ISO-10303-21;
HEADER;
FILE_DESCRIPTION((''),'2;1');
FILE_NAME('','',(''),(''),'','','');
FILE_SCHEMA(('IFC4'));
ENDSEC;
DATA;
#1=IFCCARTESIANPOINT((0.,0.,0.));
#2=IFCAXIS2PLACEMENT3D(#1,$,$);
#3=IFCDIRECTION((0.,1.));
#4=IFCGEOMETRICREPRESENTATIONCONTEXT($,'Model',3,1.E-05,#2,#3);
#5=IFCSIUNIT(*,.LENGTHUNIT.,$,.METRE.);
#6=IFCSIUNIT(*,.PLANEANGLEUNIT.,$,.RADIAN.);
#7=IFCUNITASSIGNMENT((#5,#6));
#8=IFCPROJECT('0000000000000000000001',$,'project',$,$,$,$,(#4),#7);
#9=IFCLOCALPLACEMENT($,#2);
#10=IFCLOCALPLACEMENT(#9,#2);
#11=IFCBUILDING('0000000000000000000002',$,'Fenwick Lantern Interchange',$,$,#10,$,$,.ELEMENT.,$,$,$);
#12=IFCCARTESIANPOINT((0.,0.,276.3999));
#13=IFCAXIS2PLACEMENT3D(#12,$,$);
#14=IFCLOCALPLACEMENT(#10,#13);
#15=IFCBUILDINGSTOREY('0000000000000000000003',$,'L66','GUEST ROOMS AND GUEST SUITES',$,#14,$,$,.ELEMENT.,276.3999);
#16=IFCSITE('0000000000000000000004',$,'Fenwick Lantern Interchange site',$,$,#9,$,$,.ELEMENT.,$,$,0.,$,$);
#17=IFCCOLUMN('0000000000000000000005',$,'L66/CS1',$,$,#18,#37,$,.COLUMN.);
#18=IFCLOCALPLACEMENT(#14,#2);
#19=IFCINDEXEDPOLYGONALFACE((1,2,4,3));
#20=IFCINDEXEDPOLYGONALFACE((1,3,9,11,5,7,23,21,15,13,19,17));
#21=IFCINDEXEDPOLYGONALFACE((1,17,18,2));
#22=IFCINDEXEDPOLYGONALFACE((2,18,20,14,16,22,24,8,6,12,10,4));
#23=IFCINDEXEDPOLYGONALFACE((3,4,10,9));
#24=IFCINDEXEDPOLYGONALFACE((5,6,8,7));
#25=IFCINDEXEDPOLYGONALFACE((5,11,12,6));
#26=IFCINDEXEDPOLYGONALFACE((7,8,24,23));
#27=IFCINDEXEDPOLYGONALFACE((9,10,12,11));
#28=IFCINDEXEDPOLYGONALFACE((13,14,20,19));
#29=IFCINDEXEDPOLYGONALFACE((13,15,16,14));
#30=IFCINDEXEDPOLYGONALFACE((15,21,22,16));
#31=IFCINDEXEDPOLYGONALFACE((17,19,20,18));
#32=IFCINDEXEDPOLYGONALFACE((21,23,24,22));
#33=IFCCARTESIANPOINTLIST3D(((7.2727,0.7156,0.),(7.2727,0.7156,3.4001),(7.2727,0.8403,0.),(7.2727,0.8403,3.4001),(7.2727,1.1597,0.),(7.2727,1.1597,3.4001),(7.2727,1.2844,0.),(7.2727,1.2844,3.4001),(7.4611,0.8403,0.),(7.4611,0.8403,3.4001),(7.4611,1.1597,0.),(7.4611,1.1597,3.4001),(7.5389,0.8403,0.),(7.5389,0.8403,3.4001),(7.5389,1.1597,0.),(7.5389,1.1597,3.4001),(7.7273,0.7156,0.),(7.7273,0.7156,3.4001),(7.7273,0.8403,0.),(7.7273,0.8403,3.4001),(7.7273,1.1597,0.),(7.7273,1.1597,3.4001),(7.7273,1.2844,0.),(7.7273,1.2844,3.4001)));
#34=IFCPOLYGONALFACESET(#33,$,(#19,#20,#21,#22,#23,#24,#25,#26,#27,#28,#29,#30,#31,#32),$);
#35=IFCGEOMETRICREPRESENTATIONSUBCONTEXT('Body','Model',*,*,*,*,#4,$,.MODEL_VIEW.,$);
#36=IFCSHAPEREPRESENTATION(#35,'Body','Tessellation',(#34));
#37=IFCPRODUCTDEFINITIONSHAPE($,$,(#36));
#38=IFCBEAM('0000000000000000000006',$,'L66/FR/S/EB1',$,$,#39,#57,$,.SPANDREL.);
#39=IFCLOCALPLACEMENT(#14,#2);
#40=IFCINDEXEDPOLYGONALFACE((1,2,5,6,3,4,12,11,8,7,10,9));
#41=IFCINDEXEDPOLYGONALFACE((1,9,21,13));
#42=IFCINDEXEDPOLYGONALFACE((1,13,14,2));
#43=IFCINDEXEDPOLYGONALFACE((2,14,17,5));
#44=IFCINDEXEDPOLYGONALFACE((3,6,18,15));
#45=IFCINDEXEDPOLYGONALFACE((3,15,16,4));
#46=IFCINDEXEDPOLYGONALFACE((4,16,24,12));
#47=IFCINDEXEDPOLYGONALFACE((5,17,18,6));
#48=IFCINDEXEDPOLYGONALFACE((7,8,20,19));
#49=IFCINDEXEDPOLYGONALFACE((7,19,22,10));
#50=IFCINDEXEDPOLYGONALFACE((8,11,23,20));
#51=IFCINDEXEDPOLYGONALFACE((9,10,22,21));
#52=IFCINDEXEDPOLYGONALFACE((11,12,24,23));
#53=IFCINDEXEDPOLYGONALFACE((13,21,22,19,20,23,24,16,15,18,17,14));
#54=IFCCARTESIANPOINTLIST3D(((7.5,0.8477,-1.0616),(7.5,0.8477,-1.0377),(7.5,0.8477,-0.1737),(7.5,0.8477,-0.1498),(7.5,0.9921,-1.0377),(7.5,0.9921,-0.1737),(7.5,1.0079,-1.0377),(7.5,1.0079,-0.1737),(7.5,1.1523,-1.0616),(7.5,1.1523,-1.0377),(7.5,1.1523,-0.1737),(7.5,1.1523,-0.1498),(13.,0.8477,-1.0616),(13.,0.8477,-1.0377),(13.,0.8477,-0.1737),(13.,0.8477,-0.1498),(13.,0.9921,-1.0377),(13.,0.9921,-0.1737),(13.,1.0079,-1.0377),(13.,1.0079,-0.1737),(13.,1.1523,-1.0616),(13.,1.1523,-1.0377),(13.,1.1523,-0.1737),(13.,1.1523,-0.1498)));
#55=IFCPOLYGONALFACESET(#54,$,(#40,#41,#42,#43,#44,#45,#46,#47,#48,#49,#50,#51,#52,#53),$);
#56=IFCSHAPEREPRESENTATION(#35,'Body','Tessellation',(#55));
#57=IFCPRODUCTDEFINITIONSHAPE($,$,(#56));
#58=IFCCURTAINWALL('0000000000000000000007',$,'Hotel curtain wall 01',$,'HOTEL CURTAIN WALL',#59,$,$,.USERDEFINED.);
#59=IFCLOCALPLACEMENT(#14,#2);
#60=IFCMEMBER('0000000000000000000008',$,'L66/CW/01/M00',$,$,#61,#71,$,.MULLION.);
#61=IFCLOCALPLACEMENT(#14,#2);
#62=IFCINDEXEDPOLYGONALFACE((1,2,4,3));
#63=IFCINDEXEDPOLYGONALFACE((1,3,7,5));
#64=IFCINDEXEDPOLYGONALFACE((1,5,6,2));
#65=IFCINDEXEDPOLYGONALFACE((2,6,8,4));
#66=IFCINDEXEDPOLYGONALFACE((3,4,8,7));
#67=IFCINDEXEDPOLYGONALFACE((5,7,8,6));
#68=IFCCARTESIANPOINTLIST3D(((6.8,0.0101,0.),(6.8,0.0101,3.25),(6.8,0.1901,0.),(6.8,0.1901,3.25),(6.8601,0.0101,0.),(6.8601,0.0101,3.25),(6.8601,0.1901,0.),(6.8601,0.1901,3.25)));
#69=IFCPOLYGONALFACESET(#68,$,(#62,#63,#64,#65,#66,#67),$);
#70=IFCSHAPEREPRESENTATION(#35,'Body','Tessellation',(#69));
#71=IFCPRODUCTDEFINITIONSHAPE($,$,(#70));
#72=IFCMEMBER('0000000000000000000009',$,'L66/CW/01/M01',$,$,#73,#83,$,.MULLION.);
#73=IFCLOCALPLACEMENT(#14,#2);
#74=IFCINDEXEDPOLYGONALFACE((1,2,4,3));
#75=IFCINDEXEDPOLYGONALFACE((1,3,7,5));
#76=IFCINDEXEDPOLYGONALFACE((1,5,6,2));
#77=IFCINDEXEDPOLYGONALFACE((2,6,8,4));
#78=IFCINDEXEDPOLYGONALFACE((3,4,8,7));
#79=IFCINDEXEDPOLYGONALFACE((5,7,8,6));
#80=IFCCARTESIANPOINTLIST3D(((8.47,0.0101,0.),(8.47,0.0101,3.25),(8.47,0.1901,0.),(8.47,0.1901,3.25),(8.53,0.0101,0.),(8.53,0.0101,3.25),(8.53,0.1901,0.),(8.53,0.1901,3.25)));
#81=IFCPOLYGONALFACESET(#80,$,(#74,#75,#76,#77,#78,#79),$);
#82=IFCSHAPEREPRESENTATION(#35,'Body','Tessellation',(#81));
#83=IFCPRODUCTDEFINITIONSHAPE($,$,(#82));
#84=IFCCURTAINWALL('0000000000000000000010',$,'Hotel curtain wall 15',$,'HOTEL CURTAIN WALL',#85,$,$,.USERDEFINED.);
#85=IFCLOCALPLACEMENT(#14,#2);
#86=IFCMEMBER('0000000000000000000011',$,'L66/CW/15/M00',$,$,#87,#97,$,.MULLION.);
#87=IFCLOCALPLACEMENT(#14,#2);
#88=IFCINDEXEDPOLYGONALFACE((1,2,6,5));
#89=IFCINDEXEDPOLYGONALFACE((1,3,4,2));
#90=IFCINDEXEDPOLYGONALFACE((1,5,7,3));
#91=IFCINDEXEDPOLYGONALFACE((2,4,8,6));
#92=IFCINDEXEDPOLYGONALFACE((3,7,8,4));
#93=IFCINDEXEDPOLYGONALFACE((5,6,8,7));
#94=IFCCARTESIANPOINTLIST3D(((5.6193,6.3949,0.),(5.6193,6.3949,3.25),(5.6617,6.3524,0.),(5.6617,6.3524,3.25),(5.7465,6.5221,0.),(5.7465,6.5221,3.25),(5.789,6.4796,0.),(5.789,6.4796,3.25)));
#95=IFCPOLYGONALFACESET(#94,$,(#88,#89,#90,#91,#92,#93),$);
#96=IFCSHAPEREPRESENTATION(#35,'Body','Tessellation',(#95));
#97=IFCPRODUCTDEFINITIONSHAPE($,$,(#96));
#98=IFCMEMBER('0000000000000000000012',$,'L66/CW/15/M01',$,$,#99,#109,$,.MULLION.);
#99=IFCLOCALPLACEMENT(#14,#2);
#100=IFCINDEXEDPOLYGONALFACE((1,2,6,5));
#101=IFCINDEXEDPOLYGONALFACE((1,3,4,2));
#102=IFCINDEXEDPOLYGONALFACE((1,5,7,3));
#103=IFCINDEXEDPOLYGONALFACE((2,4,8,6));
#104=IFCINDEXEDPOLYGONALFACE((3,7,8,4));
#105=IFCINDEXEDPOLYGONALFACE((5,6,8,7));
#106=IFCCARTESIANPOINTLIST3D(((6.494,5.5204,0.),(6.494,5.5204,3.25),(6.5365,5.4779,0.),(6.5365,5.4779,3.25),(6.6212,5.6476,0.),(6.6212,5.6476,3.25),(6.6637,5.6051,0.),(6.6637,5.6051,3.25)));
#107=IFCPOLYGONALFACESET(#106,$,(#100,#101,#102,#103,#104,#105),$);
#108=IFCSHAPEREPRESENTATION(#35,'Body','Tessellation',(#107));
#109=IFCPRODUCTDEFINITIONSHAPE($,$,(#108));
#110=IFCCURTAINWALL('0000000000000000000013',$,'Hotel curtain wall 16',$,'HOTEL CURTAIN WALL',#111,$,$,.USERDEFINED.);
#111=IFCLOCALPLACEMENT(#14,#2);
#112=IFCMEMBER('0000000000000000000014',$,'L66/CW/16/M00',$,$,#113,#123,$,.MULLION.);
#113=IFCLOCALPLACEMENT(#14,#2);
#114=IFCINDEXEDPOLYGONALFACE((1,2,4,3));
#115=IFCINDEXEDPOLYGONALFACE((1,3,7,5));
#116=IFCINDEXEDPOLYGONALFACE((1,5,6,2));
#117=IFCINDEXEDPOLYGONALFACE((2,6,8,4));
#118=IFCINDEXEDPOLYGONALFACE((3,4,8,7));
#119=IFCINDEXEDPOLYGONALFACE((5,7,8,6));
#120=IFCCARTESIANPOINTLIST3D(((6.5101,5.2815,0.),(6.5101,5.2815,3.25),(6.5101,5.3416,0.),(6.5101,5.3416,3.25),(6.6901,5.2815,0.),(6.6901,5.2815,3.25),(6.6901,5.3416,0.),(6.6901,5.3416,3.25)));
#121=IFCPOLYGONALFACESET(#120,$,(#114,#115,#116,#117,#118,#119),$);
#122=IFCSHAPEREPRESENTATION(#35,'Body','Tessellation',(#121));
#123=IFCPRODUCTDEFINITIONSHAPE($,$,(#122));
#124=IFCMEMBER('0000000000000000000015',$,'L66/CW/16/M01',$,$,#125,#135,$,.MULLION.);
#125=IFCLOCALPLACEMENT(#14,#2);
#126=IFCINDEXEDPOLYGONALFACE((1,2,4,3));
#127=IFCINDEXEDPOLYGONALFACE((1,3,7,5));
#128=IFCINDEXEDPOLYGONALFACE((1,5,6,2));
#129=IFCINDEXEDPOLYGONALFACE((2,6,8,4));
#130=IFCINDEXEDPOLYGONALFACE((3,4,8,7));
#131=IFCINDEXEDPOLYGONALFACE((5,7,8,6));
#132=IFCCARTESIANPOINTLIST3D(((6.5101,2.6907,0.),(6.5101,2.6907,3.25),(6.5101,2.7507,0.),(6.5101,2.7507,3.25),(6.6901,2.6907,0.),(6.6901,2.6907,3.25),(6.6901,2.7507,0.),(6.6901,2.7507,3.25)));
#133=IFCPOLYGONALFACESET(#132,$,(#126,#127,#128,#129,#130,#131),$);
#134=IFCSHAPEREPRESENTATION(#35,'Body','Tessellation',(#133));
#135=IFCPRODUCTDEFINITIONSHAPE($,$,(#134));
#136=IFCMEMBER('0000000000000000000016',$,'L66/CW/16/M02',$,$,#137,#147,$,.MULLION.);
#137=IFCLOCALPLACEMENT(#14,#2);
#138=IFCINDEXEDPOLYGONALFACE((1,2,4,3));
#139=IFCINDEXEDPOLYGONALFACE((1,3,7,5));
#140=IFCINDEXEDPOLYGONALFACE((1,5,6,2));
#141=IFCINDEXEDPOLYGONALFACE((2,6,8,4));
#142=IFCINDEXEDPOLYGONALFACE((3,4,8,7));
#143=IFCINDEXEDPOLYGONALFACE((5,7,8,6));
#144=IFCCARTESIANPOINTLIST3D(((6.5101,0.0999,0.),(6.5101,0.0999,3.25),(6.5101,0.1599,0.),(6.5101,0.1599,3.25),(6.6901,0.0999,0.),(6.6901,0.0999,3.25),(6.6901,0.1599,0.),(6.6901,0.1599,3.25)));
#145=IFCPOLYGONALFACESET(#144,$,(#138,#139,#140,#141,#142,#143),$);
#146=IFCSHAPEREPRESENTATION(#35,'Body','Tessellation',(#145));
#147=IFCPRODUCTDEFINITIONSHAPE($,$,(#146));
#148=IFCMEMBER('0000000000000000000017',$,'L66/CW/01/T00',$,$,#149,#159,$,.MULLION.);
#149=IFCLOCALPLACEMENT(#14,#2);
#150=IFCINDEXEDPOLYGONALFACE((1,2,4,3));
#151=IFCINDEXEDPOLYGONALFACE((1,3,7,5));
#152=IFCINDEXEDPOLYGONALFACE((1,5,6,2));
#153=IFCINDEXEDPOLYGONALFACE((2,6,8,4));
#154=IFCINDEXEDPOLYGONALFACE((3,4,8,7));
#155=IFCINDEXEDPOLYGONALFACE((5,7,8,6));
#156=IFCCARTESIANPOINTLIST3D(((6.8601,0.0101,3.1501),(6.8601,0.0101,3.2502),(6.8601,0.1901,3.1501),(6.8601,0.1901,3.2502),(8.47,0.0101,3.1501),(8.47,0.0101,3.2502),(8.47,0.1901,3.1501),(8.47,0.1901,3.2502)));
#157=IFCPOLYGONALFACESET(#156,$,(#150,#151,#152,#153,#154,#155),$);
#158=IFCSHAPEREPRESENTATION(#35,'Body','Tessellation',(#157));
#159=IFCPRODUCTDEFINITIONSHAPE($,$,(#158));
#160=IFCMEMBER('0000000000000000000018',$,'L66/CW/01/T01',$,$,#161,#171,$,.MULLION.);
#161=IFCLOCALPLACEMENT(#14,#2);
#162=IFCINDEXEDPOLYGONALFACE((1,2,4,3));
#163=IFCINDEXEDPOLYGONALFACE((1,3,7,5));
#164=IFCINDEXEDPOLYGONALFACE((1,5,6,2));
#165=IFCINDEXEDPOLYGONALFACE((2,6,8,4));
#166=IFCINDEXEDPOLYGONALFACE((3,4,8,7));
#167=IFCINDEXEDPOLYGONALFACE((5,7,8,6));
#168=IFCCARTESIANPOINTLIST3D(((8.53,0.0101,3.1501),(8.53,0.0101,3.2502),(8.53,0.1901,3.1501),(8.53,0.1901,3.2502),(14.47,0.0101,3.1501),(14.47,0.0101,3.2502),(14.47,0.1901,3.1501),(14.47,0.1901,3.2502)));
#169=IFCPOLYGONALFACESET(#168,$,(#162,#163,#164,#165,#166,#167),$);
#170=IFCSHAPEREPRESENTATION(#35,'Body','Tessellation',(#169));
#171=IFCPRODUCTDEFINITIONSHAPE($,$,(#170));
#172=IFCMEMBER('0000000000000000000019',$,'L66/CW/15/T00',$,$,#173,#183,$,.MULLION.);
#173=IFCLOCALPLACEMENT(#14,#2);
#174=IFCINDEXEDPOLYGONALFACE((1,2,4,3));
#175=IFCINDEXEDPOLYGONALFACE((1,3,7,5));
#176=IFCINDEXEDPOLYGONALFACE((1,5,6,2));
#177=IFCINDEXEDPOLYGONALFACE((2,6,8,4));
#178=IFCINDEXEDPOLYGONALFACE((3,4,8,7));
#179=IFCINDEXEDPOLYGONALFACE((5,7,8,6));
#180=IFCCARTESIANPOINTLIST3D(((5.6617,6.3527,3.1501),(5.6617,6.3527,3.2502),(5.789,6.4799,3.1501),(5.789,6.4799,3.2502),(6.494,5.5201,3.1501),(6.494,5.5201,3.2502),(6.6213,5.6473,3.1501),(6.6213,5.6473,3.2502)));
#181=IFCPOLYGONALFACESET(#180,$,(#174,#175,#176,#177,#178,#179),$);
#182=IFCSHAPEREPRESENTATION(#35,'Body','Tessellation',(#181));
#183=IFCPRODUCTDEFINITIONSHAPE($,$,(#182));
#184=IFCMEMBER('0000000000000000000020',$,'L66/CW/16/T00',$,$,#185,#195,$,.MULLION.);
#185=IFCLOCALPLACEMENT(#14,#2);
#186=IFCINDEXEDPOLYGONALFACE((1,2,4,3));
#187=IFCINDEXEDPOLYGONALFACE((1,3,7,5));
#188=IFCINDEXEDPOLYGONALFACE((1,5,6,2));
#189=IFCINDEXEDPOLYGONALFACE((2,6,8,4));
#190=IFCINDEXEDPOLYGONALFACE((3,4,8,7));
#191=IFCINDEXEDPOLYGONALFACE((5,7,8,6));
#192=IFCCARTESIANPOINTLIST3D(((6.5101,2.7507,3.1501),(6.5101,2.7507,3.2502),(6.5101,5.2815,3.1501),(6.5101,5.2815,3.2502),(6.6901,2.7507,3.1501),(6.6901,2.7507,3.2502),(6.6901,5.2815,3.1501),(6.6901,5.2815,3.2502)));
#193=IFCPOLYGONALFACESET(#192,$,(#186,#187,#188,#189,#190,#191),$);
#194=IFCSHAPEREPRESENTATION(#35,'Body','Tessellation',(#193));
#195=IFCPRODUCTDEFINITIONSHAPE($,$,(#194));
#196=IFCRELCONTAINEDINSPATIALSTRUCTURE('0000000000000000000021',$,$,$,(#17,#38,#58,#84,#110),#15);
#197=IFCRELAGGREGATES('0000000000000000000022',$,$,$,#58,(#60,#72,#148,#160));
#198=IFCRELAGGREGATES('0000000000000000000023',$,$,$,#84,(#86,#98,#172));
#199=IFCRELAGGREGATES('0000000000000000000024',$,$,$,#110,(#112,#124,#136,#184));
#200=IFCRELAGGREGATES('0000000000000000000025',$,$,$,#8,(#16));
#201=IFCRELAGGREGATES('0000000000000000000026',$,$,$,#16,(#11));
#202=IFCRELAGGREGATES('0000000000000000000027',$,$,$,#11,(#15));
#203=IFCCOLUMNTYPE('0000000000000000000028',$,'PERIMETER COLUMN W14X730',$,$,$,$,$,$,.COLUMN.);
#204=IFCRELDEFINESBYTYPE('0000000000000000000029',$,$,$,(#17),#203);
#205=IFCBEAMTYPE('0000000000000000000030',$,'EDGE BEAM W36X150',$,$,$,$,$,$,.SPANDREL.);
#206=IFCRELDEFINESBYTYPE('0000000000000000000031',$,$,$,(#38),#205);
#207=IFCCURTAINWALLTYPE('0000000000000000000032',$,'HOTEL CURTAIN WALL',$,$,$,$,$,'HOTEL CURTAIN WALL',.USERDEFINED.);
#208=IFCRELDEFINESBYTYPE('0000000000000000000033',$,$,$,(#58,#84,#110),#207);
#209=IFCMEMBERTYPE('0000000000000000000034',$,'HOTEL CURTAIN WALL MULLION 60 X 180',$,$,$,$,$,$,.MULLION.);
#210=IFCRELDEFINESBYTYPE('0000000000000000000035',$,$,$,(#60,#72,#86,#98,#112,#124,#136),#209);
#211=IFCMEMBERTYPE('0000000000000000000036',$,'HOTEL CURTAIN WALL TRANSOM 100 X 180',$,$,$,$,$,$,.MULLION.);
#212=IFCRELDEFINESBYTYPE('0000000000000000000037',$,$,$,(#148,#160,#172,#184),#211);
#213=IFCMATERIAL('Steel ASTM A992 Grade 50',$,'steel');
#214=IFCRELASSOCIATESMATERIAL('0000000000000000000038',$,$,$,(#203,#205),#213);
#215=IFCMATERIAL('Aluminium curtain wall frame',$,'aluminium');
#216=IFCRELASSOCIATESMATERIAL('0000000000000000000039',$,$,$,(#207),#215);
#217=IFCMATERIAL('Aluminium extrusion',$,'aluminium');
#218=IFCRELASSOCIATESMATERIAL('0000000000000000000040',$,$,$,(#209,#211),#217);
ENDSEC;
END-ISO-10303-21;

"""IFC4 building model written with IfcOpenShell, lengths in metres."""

from ifc_helpers import new_model, si_unit, direction, frame, origin, origin_2d, place, context, subcontext, project, spatial, rectangle, i_section, extrude, material, material_profile, profile_set, type_object, element, aggregate, save


model = new_model("IFC4")

# Units and contexts
model_context = context("Model", 3, precision=1e-05, world=origin(), true_north=direction((0.0, 1.0)))
body_context = subcontext(model_context, "Body", "Model", "MODEL_VIEW")
ifc_project = project(units=[si_unit("LENGTHUNIT", "METRE"), si_unit("PLANEANGLEUNIT", "RADIAN")], contexts=[model_context])

# Site, building, storey
site_placement = place(None, origin())
site = spatial("IfcSite", under=ifc_project, at=site_placement, Name="Fenwick Lantern Interchange site", CompositionType="ELEMENT", RefElevation=0.0)
building_placement = place(site_placement, origin())
building = spatial("IfcBuilding", under=site, at=building_placement, Name="Fenwick Lantern Interchange", CompositionType="ELEMENT")
storey_placement = place(building_placement, frame((0.0, 0.0, 276.3999)))
storey = spatial("IfcBuildingStorey", under=building, at=storey_placement, Name="L66", Description="GUEST ROOMS AND GUEST SUITES", CompositionType="ELEMENT", Elevation=276.3999)

# Column
ifc_material_1 = material(Name="Steel ASTM A992 Grade 50", Category="steel")
ifc_material_profile_1 = material_profile(ifc_material_1, i_section(OverallWidth=0.4546, OverallDepth=0.5688, WebThickness=0.0779, FlangeThickness=0.1248, at=origin_2d()), Name="W14X730")
ifc_profile_set_1 = profile_set([ifc_material_profile_1], Name="Steel ASTM A992 Grade 50")
column_type = type_object("IfcColumnType", Name="PERIMETER COLUMN W14X730", PredefinedType="COLUMN", material=ifc_profile_set_1)
column_placement = place(storey_placement, frame((7.5, 1.0, 0.0), z_axis=(0.0, 0.0, 1.0), x_axis=(1.0, 0.0, 0.0)))
element("IfcColumn", 1, at=column_placement, inside=storey, type_object=column_type, Name="L66/CS1", PredefinedType="COLUMN", context=body_context, shape_type="SweptSolid", body=[
    extrude(i_section(OverallWidth=0.4546, OverallDepth=0.5688, WebThickness=0.0779, FlangeThickness=0.1248, at=origin_2d()), origin(), (0.0, 0.0, 1.0), 3.4001),
])

# Beam
ifc_material_profile_2 = material_profile(ifc_material_1, i_section(OverallWidth=0.3047, OverallDepth=0.9119, WebThickness=0.0159, FlangeThickness=0.0239, at=origin_2d()), Name="W36X150")
ifc_profile_set_2 = profile_set([ifc_material_profile_2], Name="Steel ASTM A992 Grade 50")
beam_type = type_object("IfcBeamType", Name="EDGE BEAM W36X150", PredefinedType="SPANDREL", material=ifc_profile_set_2)
beam_placement = place(storey_placement, frame((7.5, 1.0, -0.6057), z_axis=(1.0, 0.0, 0.0), x_axis=(0.0, 1.0, 0.0)))
element("IfcBeam", 2, at=beam_placement, inside=storey, type_object=beam_type, Name="L66/FR/S/EB1", PredefinedType="SPANDREL", context=body_context, shape_type="SweptSolid", body=[
    extrude(i_section(OverallWidth=0.3047, OverallDepth=0.9119, WebThickness=0.0159, FlangeThickness=0.0239, at=origin_2d()), origin(), (0.0, 0.0, 1.0), 5.5),
])

# Curtain walls, members
ifc_material_2 = material(Name="Aluminium curtain wall frame", Category="aluminium")
curtain_wall_type = type_object("IfcCurtainWallType", Name="HOTEL CURTAIN WALL", ElementType="HOTEL CURTAIN WALL", PredefinedType="USERDEFINED", material=ifc_material_2)
curtain_wall_1_placement = place(storey_placement, origin())
curtain_wall_1 = element("IfcCurtainWall", 3, at=curtain_wall_1_placement, inside=storey, type_object=curtain_wall_type, Name="Hotel curtain wall 01", ObjectType="HOTEL CURTAIN WALL", PredefinedType="USERDEFINED")
ifc_material_3 = material(Name="Aluminium extrusion", Category="aluminium")
ifc_material_profile_3 = material_profile(ifc_material_3, rectangle(XDim=0.1799, YDim=0.0601, at=origin_2d()), Name="HOTEL CURTAIN WALL MULLION 60 X 180")
ifc_profile_set_3 = profile_set([ifc_material_profile_3], Name="Aluminium extrusion")
member_type_1 = type_object("IfcMemberType", Name="HOTEL CURTAIN WALL MULLION 60 X 180", PredefinedType="MULLION", material=ifc_profile_set_3)
member_1_placement = place(storey_placement, frame((6.8301, 0.1001, 0.0), z_axis=(0.0, 0.0, 1.0), x_axis=(0.0, 1.0, 0.0)))
member_1 = element("IfcMember", 4, at=member_1_placement, type_object=member_type_1, Name="L66/CW/01/M00", PredefinedType="MULLION", context=body_context, shape_type="SweptSolid", body=[
    extrude(rectangle(XDim=0.1799, YDim=0.0601, at=origin_2d()), origin(), (0.0, 0.0, 1.0), 3.25),
])
member_2_placement = place(storey_placement, frame((8.5, 0.1001, 0.0), z_axis=(0.0, 0.0, 1.0), x_axis=(0.0, 1.0, 0.0)))
member_2 = element("IfcMember", 5, at=member_2_placement, type_object=member_type_1, Name="L66/CW/01/M01", PredefinedType="MULLION", context=body_context, shape_type="SweptSolid", body=[
    extrude(rectangle(XDim=0.1799, YDim=0.0601, at=origin_2d()), origin(), (0.0, 0.0, 1.0), 3.25),
])
curtain_wall_2_placement = place(storey_placement, origin())
curtain_wall_2 = element("IfcCurtainWall", 6, at=curtain_wall_2_placement, inside=storey, type_object=curtain_wall_type, Name="Hotel curtain wall 15", ObjectType="HOTEL CURTAIN WALL", PredefinedType="USERDEFINED")
member_3_placement = place(storey_placement, frame((5.7041, 6.4373, 0.0), z_axis=(0.0, 0.0, 1.0), x_axis=(0.707107, 0.707107, 0.0)))
member_3 = element("IfcMember", 7, at=member_3_placement, type_object=member_type_1, Name="L66/CW/15/M00", PredefinedType="MULLION", context=body_context, shape_type="SweptSolid", body=[
    extrude(rectangle(XDim=0.1799, YDim=0.0601, at=origin_2d()), origin(), (0.0, 0.0, 1.0), 3.25),
])
member_4_placement = place(storey_placement, frame((6.5789, 5.5627, 0.0), z_axis=(0.0, 0.0, 1.0), x_axis=(0.707107, 0.707107, 0.0)))
member_4 = element("IfcMember", 8, at=member_4_placement, type_object=member_type_1, Name="L66/CW/15/M01", PredefinedType="MULLION", context=body_context, shape_type="SweptSolid", body=[
    extrude(rectangle(XDim=0.1799, YDim=0.0601, at=origin_2d()), origin(), (0.0, 0.0, 1.0), 3.25),
])
curtain_wall_3_placement = place(storey_placement, origin())
curtain_wall_3 = element("IfcCurtainWall", 9, at=curtain_wall_3_placement, inside=storey, type_object=curtain_wall_type, Name="Hotel curtain wall 16", ObjectType="HOTEL CURTAIN WALL", PredefinedType="USERDEFINED")
member_5_placement = place(storey_placement, frame((6.6001, 5.3115, 0.0), z_axis=(0.0, 0.0, 1.0), x_axis=(1.0, 0.0, 0.0)))
member_5 = element("IfcMember", 10, at=member_5_placement, type_object=member_type_1, Name="L66/CW/16/M00", PredefinedType="MULLION", context=body_context, shape_type="SweptSolid", body=[
    extrude(rectangle(XDim=0.1799, YDim=0.0601, at=origin_2d()), origin(), (0.0, 0.0, 1.0), 3.25),
])
member_6_placement = place(storey_placement, frame((6.6001, 2.7207, 0.0), z_axis=(0.0, 0.0, 1.0), x_axis=(1.0, 0.0, 0.0)))
member_6 = element("IfcMember", 11, at=member_6_placement, type_object=member_type_1, Name="L66/CW/16/M01", PredefinedType="MULLION", context=body_context, shape_type="SweptSolid", body=[
    extrude(rectangle(XDim=0.1799, YDim=0.0601, at=origin_2d()), origin(), (0.0, 0.0, 1.0), 3.25),
])
member_7_placement = place(storey_placement, frame((6.6001, 0.1299, 0.0), z_axis=(0.0, 0.0, 1.0), x_axis=(1.0, 0.0, 0.0)))
member_7 = element("IfcMember", 12, at=member_7_placement, type_object=member_type_1, Name="L66/CW/16/M02", PredefinedType="MULLION", context=body_context, shape_type="SweptSolid", body=[
    extrude(rectangle(XDim=0.1799, YDim=0.0601, at=origin_2d()), origin(), (0.0, 0.0, 1.0), 3.25),
])

# Members
ifc_material_profile_4 = material_profile(ifc_material_3, rectangle(XDim=0.1799, YDim=0.1001, at=origin_2d()), Name="HOTEL CURTAIN WALL TRANSOM 100 X 180")
ifc_profile_set_4 = profile_set([ifc_material_profile_4], Name="Aluminium extrusion")
member_type_2 = type_object("IfcMemberType", Name="HOTEL CURTAIN WALL TRANSOM 100 X 180", PredefinedType="MULLION", material=ifc_profile_set_4)
member_8_placement = place(storey_placement, frame((6.8601, 0.1001, 3.2002), z_axis=(1.0, 0.0, 0.0), x_axis=(0.0, 1.0, 0.0)))
member_8 = element("IfcMember", 13, at=member_8_placement, type_object=member_type_2, Name="L66/CW/01/T00", PredefinedType="MULLION", context=body_context, shape_type="SweptSolid", body=[
    extrude(rectangle(XDim=0.1799, YDim=0.1001, at=origin_2d()), origin(), (0.0, 0.0, 1.0), 1.6099),
])
member_9_placement = place(storey_placement, frame((8.53, 0.1001, 3.2002), z_axis=(1.0, 0.0, 0.0), x_axis=(0.0, 1.0, 0.0)))
member_9 = element("IfcMember", 14, at=member_9_placement, type_object=member_type_2, Name="L66/CW/01/T01", PredefinedType="MULLION", context=body_context, shape_type="SweptSolid", body=[
    extrude(rectangle(XDim=0.1799, YDim=0.1001, at=origin_2d()), origin(), (0.0, 0.0, 1.0), 5.9399),
])
member_10_placement = place(storey_placement, frame((5.7253, 6.4163, 3.2002), z_axis=(0.707003, -0.70721, 0.0), x_axis=(0.70721, 0.707003, 0.0)))
member_10 = element("IfcMember", 15, at=member_10_placement, type_object=member_type_2, Name="L66/CW/15/T00", PredefinedType="MULLION", context=body_context, shape_type="SweptSolid", body=[
    extrude(rectangle(XDim=0.1799, YDim=0.1001, at=origin_2d()), origin(), (0.0, 0.0, 1.0), 1.1772),
])
member_11_placement = place(storey_placement, frame((6.6001, 5.2815, 3.2002), z_axis=(0.0, -1.0, 0.0), x_axis=(1.0, 0.0, 0.0)))
member_11 = element("IfcMember", 16, at=member_11_placement, type_object=member_type_2, Name="L66/CW/16/T00", PredefinedType="MULLION", context=body_context, shape_type="SweptSolid", body=[
    extrude(rectangle(XDim=0.1799, YDim=0.1001, at=origin_2d()), origin(), (0.0, 0.0, 1.0), 2.5308),
])

aggregate(curtain_wall_1, [member_1, member_2, member_8, member_9])
aggregate(curtain_wall_2, [member_3, member_4, member_10])
aggregate(curtain_wall_3, [member_5, member_6, member_7, member_11])

save(model, "model.ifc")
